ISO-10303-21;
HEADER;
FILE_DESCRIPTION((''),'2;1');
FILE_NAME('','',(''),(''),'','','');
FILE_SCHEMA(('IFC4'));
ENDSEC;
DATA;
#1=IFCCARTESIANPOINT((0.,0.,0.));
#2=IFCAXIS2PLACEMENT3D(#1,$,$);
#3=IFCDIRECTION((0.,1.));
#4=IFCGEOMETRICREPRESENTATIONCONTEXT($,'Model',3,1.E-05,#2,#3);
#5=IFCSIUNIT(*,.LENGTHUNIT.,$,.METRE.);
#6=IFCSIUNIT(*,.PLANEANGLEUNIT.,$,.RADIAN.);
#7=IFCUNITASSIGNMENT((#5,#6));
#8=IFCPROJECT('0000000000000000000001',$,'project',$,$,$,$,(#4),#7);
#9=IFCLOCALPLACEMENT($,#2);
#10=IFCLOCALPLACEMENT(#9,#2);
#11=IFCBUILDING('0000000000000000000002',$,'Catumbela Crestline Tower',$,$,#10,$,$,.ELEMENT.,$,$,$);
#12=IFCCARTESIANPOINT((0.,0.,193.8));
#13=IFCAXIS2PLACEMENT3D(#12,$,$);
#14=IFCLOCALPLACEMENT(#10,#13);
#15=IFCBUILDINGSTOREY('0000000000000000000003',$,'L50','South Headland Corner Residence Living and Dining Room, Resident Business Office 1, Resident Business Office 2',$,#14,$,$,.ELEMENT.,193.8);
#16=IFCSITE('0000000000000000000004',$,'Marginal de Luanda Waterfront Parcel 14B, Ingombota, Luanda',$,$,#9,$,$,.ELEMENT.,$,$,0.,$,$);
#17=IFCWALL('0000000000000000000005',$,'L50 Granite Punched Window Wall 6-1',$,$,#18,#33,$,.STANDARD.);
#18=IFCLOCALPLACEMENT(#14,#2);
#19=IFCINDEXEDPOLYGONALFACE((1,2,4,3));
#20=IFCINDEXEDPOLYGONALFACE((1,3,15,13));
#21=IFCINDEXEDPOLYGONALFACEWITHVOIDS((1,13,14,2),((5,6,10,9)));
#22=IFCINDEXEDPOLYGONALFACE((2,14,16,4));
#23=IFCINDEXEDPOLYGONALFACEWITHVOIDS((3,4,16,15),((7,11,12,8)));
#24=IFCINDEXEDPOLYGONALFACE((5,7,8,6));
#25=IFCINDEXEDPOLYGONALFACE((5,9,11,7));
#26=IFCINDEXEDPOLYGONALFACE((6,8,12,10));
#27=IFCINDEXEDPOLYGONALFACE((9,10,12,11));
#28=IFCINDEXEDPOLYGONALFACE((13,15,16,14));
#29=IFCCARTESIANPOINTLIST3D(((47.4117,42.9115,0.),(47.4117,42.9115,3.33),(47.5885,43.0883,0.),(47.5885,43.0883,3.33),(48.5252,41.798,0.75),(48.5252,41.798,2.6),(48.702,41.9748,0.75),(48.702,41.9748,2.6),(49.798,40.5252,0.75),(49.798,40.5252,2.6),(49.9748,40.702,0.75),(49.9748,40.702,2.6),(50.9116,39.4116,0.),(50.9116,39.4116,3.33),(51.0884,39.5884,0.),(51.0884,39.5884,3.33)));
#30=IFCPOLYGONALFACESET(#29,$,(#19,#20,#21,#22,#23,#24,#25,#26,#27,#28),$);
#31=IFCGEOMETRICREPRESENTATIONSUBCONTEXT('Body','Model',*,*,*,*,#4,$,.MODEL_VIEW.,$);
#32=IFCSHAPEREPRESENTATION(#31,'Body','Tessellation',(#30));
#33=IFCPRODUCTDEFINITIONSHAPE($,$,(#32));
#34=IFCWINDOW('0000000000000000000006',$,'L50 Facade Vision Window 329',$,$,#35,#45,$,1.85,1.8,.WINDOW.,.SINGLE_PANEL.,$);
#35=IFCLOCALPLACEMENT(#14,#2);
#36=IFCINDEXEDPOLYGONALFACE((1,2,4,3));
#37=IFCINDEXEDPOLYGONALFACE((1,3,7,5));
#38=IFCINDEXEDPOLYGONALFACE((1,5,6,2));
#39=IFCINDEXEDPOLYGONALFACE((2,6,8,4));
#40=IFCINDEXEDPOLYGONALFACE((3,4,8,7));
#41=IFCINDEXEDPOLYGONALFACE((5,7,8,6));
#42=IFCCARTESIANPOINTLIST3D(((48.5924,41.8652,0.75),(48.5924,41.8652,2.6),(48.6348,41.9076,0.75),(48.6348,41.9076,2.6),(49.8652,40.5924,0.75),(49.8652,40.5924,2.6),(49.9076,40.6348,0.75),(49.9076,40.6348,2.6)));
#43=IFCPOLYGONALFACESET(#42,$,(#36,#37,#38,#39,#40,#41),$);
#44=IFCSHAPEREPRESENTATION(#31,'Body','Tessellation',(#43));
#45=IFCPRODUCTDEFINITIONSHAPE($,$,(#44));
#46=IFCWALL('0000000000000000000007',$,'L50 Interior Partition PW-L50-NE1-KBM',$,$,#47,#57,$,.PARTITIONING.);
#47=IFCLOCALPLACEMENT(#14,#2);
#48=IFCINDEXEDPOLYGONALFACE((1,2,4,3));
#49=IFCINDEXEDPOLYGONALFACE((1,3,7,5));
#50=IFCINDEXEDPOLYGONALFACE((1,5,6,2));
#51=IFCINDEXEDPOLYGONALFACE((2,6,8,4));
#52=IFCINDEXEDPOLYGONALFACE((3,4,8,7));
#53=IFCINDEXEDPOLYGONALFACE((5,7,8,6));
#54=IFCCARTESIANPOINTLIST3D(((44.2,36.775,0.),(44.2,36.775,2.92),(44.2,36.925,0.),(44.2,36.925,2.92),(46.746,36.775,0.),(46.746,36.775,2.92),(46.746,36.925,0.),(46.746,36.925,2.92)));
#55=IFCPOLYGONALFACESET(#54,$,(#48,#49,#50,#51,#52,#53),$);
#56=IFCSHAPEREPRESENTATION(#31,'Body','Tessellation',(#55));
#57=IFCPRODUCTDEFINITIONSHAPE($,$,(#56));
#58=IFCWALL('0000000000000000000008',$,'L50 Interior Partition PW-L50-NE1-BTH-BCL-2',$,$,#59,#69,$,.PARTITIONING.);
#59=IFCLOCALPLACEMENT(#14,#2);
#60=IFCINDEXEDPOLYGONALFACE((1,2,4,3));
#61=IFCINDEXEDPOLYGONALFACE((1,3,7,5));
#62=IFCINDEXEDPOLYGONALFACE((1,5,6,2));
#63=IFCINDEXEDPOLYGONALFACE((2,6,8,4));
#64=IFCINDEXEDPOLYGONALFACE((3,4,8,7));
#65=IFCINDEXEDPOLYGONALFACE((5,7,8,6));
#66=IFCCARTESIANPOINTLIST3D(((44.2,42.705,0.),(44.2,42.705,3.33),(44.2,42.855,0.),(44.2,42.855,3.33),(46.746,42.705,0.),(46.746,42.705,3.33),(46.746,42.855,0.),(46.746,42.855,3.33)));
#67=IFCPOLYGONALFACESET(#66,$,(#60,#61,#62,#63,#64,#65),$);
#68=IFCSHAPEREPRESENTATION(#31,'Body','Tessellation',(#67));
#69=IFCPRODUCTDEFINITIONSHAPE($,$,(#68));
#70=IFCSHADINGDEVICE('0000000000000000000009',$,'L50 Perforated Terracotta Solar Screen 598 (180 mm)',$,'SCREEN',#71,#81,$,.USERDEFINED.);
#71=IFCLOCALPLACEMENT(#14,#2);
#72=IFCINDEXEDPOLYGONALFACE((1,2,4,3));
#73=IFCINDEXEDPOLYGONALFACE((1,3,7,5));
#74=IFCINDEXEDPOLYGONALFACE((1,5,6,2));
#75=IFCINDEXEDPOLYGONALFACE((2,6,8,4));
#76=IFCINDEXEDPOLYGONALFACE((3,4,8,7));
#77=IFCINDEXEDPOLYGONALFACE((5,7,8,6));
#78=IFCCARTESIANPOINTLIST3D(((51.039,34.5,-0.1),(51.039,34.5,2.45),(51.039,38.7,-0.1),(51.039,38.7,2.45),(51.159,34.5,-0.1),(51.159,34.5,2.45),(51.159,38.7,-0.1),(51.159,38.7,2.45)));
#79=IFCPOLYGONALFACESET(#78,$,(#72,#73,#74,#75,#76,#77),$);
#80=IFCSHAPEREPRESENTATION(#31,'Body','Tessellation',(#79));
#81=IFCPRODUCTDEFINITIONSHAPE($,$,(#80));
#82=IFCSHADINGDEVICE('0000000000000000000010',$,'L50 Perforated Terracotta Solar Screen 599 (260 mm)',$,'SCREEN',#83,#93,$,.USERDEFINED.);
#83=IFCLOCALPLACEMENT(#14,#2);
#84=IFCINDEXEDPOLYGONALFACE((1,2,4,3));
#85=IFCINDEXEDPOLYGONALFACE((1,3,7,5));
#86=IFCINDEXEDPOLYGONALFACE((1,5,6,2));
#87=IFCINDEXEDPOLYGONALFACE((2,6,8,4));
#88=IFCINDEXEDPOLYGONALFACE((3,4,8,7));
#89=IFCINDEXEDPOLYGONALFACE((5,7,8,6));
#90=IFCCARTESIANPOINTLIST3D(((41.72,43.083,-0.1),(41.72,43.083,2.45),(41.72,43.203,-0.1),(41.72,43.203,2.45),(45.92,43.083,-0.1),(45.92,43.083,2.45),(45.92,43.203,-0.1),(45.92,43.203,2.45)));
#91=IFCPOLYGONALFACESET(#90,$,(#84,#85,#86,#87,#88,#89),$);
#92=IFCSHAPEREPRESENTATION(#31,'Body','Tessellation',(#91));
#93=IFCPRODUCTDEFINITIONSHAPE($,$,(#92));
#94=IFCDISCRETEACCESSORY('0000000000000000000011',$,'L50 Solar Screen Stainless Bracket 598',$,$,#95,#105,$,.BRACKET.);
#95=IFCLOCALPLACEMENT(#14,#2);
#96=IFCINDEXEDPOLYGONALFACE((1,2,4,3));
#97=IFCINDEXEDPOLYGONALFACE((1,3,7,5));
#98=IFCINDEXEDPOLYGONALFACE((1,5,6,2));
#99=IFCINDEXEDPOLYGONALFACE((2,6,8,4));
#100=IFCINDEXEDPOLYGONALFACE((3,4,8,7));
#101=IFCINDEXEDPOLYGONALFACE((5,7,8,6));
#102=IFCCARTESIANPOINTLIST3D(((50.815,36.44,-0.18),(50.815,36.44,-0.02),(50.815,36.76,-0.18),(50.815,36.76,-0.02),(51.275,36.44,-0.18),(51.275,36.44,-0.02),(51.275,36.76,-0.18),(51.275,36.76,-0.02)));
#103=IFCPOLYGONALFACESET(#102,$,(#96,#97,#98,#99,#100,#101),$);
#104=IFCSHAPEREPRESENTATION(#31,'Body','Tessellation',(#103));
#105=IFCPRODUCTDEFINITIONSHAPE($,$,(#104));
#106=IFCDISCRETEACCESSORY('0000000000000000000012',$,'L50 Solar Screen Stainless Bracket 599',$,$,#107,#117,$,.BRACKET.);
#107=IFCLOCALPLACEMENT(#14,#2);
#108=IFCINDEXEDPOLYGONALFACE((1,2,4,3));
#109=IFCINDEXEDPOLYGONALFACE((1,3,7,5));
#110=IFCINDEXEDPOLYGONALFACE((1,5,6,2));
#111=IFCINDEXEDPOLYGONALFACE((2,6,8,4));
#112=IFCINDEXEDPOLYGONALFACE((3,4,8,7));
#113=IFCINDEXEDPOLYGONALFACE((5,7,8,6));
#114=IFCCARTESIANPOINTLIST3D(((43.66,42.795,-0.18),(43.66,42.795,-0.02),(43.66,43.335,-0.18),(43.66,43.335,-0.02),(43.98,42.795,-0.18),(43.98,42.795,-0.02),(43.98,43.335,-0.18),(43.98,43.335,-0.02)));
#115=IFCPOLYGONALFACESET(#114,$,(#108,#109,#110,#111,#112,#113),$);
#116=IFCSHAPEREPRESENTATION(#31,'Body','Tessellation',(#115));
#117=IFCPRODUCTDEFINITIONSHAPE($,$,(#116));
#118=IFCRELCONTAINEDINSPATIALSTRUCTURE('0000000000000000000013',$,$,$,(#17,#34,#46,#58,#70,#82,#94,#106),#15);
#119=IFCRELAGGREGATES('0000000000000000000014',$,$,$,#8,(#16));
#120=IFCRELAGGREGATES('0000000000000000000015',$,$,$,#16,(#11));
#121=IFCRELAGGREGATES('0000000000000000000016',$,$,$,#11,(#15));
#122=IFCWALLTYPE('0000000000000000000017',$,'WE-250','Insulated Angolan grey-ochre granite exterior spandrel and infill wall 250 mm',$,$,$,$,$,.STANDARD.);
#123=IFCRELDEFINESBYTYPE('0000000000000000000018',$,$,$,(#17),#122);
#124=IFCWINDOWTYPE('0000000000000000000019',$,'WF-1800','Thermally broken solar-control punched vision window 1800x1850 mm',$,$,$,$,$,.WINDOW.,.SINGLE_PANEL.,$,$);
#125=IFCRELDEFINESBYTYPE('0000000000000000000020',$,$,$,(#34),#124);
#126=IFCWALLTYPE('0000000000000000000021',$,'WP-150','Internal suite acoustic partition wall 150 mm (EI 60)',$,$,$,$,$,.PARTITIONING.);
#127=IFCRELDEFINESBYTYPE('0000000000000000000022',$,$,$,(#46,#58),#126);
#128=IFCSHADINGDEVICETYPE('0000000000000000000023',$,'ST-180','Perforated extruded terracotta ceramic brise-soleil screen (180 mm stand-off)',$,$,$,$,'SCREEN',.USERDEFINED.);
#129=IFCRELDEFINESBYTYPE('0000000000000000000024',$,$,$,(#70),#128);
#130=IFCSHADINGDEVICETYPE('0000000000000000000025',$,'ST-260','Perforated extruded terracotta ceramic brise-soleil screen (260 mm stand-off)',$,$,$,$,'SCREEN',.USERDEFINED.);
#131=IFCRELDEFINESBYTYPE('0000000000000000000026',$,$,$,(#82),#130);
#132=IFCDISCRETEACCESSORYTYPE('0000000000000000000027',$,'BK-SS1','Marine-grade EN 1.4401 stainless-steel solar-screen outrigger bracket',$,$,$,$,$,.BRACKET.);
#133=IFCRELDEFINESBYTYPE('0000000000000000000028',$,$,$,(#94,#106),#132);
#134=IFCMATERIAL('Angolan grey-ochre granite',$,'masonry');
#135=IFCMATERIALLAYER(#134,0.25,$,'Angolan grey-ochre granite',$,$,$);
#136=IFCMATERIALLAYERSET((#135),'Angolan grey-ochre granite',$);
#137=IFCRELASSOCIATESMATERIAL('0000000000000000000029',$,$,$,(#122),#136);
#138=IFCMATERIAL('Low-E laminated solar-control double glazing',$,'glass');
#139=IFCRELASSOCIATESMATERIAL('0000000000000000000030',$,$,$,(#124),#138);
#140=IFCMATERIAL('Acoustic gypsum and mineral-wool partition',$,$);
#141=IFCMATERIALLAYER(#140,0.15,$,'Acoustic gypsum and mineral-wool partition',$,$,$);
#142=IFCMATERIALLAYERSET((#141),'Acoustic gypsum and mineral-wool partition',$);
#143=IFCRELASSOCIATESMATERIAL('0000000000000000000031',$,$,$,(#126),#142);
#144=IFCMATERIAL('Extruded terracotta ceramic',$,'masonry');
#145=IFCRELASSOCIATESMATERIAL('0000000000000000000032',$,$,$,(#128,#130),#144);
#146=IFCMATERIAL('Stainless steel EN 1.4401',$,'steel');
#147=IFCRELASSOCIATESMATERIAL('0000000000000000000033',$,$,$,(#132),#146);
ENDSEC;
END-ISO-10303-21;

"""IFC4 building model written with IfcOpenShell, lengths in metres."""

from ifc_helpers import new_model, si_unit, direction, frame, frame_2d, origin, origin_2d, place, context, subcontext, project, spatial, rectangle, extrude, material, layer, layer_set, type_object, element, fill, save


model = new_model("IFC4")

# Units and contexts
model_context = context("Model", 3, precision=1e-05, world=origin(), true_north=direction((0.0, 1.0)))
body_context = subcontext(model_context, "Body", "Model", "MODEL_VIEW")
ifc_project = project(units=[si_unit("LENGTHUNIT", "METRE"), si_unit("PLANEANGLEUNIT", "RADIAN")], contexts=[model_context])

# Site, building, storey
site_placement = place(None, origin())
site = spatial("IfcSite", under=ifc_project, at=site_placement, Name="Marginal de Luanda Waterfront Parcel 14B, Ingombota, Luanda", CompositionType="ELEMENT", RefElevation=0.0)
building_placement = place(site_placement, origin())
building = spatial("IfcBuilding", under=site, at=building_placement, Name="Catumbela Crestline Tower", CompositionType="ELEMENT")
storey_placement = place(building_placement, frame((0.0, 0.0, 193.8)))
storey = spatial("IfcBuildingStorey", under=building, at=storey_placement, Name="L50", Description="South Headland Corner Residence Living and Dining Room, Resident Business Office 1, Resident Business Office 2", CompositionType="ELEMENT", Elevation=193.8)

# Shared definitions
ifc_material_1 = material(Name="Low-E laminated solar-control double glazing", Category="glass")

# Wall, opening, window
ifc_material_2 = material(Name="Angolan grey-ochre granite", Category="masonry")
ifc_layer_1 = layer(ifc_material_2, 0.25, Name="Angolan grey-ochre granite")
ifc_layer_set_1 = layer_set([ifc_layer_1], Name="Angolan grey-ochre granite")
wall_type_1 = type_object("IfcWallType", Name="WE-250", Description="Insulated Angolan grey-ochre granite exterior spandrel and infill wall 250 mm", PredefinedType="STANDARD", material=ifc_layer_set_1)
wall_1_placement = place(storey_placement, frame((51.0, 39.5, 0.0), z_axis=(0.0, 0.0, 1.0), x_axis=(-0.707107, 0.707107, 0.0)))
wall_1 = element("IfcWall", 1, at=wall_1_placement, inside=storey, type_object=wall_type_1, Name="L50 Granite Punched Window Wall 6-1", PredefinedType="STANDARD", context=body_context, shape_type="SweptSolid", body=[
    extrude(rectangle(XDim=4.9497, YDim=0.25, at=frame_2d((2.4748, 0.0))), origin(), (0.0, 0.0, 1.0), 3.33),
])
opening_placement = place(wall_1_placement, frame((1.5749, 0.0, 0.75)))
opening = element("IfcOpeningElement", 2, at=opening_placement, cuts=wall_1, PredefinedType="OPENING", context=body_context, shape_type="SweptSolid", body=[
    extrude(rectangle(XDim=1.8, YDim=1.85, at=frame_2d((0.9, 0.925))), frame((0.0, 0.135, 0.0), z_axis=(0.0, -1.0, 0.0), x_axis=(1.0, 0.0, 0.0)), (0.0, 0.0, 1.0), 0.27),
])
window_type = type_object("IfcWindowType", Name="WF-1800", Description="Thermally broken solar-control punched vision window 1800x1850 mm", PartitioningType="SINGLE_PANEL", PredefinedType="WINDOW", material=ifc_material_1)
window_placement = place(opening_placement, origin())
window = element("IfcWindow", 3, at=window_placement, inside=storey, type_object=window_type, Name="L50 Facade Vision Window 329", OverallHeight=1.85, OverallWidth=1.8, PartitioningType="SINGLE_PANEL", PredefinedType="WINDOW", context=body_context, shape_type="SweptSolid", body=[
    extrude(rectangle(XDim=1.8, YDim=1.85, at=frame_2d((0.9, 0.925))), frame((0.0, 0.03, 0.0), z_axis=(0.0, -1.0, 0.0), x_axis=(1.0, 0.0, 0.0)), (0.0, 0.0, 1.0), 0.06),
])
fill(opening, window)

# Walls
ifc_material_3 = material(Name="Acoustic gypsum and mineral-wool partition")
ifc_layer_2 = layer(ifc_material_3, 0.15, Name="Acoustic gypsum and mineral-wool partition")
ifc_layer_set_2 = layer_set([ifc_layer_2], Name="Acoustic gypsum and mineral-wool partition")
wall_type_2 = type_object("IfcWallType", Name="WP-150", Description="Internal suite acoustic partition wall 150 mm (EI 60)", PredefinedType="PARTITIONING", material=ifc_layer_set_2)
wall_2_placement = place(storey_placement, frame((44.2, 36.85, 0.0), z_axis=(0.0, 0.0, 1.0), x_axis=(1.0, 0.0, 0.0)))
element("IfcWall", 4, at=wall_2_placement, inside=storey, type_object=wall_type_2, Name="L50 Interior Partition PW-L50-NE1-KBM", PredefinedType="PARTITIONING", context=body_context, shape_type="SweptSolid", body=[
    extrude(rectangle(XDim=2.546, YDim=0.15, at=frame_2d((1.273, 0.0))), origin(), (0.0, 0.0, 1.0), 2.92),
])
wall_3_placement = place(storey_placement, frame((44.2, 42.78, 0.0), z_axis=(0.0, 0.0, 1.0), x_axis=(1.0, 0.0, 0.0)))
element("IfcWall", 5, at=wall_3_placement, inside=storey, type_object=wall_type_2, Name="L50 Interior Partition PW-L50-NE1-BTH-BCL-2", PredefinedType="PARTITIONING", context=body_context, shape_type="SweptSolid", body=[
    extrude(rectangle(XDim=2.546, YDim=0.15, at=frame_2d((1.273, 0.0))), origin(), (0.0, 0.0, 1.0), 3.33),
])

# Shading devices
ifc_material_4 = material(Name="Extruded terracotta ceramic", Category="masonry")
shading_device_type_1 = type_object("IfcShadingDeviceType", Name="ST-180", Description="Perforated extruded terracotta ceramic brise-soleil screen (180 mm stand-off)", ElementType="SCREEN", PredefinedType="USERDEFINED", material=ifc_material_4)
shading_device_1_placement = place(storey_placement, frame((51.099, 36.6, -0.1), z_axis=(0.0, 0.0, 1.0), x_axis=(0.0, 1.0, 0.0)))
element("IfcShadingDevice", 6, at=shading_device_1_placement, inside=storey, type_object=shading_device_type_1, Name="L50 Perforated Terracotta Solar Screen 598 (180 mm)", ObjectType="SCREEN", PredefinedType="USERDEFINED", context=body_context, shape_type="SweptSolid", body=[
    extrude(rectangle(XDim=4.2, YDim=0.12, at=origin_2d()), origin(), (0.0, 0.0, 1.0), 2.55),
])
shading_device_type_2 = type_object("IfcShadingDeviceType", Name="ST-260", Description="Perforated extruded terracotta ceramic brise-soleil screen (260 mm stand-off)", ElementType="SCREEN", PredefinedType="USERDEFINED", material=ifc_material_4)
shading_device_2_placement = place(storey_placement, frame((43.82, 43.143, -0.1), z_axis=(0.0, 0.0, 1.0), x_axis=(-1.0, 0.0, 0.0)))
element("IfcShadingDevice", 7, at=shading_device_2_placement, inside=storey, type_object=shading_device_type_2, Name="L50 Perforated Terracotta Solar Screen 599 (260 mm)", ObjectType="SCREEN", PredefinedType="USERDEFINED", context=body_context, shape_type="SweptSolid", body=[
    extrude(rectangle(XDim=4.2, YDim=0.12, at=origin_2d()), origin(), (0.0, 0.0, 1.0), 2.55),
])

# Discrete accessories
ifc_material_5 = material(Name="Stainless steel EN 1.4401", Category="steel")
discrete_accessory_type = type_object("IfcDiscreteAccessoryType", Name="BK-SS1", Description="Marine-grade EN 1.4401 stainless-steel solar-screen outrigger bracket", PredefinedType="BRACKET", material=ifc_material_5)
discrete_accessory_1_placement = place(storey_placement, frame((51.045, 36.6, -0.18), z_axis=(0.0, 0.0, 1.0), x_axis=(0.0, 1.0, 0.0)))
element("IfcDiscreteAccessory", 8, at=discrete_accessory_1_placement, inside=storey, type_object=discrete_accessory_type, Name="L50 Solar Screen Stainless Bracket 598", PredefinedType="BRACKET", context=body_context, shape_type="SweptSolid", body=[
    extrude(rectangle(XDim=0.32, YDim=0.46, at=origin_2d()), origin(), (0.0, 0.0, 1.0), 0.16),
])
discrete_accessory_2_placement = place(storey_placement, frame((43.82, 43.065, -0.18), z_axis=(0.0, 0.0, 1.0), x_axis=(-1.0, 0.0, 0.0)))
element("IfcDiscreteAccessory", 9, at=discrete_accessory_2_placement, inside=storey, type_object=discrete_accessory_type, Name="L50 Solar Screen Stainless Bracket 599", PredefinedType="BRACKET", context=body_context, shape_type="SweptSolid", body=[
    extrude(rectangle(XDim=0.32, YDim=0.54, at=origin_2d()), origin(), (0.0, 0.0, 1.0), 0.16),
])

save(model, "model.ifc")
